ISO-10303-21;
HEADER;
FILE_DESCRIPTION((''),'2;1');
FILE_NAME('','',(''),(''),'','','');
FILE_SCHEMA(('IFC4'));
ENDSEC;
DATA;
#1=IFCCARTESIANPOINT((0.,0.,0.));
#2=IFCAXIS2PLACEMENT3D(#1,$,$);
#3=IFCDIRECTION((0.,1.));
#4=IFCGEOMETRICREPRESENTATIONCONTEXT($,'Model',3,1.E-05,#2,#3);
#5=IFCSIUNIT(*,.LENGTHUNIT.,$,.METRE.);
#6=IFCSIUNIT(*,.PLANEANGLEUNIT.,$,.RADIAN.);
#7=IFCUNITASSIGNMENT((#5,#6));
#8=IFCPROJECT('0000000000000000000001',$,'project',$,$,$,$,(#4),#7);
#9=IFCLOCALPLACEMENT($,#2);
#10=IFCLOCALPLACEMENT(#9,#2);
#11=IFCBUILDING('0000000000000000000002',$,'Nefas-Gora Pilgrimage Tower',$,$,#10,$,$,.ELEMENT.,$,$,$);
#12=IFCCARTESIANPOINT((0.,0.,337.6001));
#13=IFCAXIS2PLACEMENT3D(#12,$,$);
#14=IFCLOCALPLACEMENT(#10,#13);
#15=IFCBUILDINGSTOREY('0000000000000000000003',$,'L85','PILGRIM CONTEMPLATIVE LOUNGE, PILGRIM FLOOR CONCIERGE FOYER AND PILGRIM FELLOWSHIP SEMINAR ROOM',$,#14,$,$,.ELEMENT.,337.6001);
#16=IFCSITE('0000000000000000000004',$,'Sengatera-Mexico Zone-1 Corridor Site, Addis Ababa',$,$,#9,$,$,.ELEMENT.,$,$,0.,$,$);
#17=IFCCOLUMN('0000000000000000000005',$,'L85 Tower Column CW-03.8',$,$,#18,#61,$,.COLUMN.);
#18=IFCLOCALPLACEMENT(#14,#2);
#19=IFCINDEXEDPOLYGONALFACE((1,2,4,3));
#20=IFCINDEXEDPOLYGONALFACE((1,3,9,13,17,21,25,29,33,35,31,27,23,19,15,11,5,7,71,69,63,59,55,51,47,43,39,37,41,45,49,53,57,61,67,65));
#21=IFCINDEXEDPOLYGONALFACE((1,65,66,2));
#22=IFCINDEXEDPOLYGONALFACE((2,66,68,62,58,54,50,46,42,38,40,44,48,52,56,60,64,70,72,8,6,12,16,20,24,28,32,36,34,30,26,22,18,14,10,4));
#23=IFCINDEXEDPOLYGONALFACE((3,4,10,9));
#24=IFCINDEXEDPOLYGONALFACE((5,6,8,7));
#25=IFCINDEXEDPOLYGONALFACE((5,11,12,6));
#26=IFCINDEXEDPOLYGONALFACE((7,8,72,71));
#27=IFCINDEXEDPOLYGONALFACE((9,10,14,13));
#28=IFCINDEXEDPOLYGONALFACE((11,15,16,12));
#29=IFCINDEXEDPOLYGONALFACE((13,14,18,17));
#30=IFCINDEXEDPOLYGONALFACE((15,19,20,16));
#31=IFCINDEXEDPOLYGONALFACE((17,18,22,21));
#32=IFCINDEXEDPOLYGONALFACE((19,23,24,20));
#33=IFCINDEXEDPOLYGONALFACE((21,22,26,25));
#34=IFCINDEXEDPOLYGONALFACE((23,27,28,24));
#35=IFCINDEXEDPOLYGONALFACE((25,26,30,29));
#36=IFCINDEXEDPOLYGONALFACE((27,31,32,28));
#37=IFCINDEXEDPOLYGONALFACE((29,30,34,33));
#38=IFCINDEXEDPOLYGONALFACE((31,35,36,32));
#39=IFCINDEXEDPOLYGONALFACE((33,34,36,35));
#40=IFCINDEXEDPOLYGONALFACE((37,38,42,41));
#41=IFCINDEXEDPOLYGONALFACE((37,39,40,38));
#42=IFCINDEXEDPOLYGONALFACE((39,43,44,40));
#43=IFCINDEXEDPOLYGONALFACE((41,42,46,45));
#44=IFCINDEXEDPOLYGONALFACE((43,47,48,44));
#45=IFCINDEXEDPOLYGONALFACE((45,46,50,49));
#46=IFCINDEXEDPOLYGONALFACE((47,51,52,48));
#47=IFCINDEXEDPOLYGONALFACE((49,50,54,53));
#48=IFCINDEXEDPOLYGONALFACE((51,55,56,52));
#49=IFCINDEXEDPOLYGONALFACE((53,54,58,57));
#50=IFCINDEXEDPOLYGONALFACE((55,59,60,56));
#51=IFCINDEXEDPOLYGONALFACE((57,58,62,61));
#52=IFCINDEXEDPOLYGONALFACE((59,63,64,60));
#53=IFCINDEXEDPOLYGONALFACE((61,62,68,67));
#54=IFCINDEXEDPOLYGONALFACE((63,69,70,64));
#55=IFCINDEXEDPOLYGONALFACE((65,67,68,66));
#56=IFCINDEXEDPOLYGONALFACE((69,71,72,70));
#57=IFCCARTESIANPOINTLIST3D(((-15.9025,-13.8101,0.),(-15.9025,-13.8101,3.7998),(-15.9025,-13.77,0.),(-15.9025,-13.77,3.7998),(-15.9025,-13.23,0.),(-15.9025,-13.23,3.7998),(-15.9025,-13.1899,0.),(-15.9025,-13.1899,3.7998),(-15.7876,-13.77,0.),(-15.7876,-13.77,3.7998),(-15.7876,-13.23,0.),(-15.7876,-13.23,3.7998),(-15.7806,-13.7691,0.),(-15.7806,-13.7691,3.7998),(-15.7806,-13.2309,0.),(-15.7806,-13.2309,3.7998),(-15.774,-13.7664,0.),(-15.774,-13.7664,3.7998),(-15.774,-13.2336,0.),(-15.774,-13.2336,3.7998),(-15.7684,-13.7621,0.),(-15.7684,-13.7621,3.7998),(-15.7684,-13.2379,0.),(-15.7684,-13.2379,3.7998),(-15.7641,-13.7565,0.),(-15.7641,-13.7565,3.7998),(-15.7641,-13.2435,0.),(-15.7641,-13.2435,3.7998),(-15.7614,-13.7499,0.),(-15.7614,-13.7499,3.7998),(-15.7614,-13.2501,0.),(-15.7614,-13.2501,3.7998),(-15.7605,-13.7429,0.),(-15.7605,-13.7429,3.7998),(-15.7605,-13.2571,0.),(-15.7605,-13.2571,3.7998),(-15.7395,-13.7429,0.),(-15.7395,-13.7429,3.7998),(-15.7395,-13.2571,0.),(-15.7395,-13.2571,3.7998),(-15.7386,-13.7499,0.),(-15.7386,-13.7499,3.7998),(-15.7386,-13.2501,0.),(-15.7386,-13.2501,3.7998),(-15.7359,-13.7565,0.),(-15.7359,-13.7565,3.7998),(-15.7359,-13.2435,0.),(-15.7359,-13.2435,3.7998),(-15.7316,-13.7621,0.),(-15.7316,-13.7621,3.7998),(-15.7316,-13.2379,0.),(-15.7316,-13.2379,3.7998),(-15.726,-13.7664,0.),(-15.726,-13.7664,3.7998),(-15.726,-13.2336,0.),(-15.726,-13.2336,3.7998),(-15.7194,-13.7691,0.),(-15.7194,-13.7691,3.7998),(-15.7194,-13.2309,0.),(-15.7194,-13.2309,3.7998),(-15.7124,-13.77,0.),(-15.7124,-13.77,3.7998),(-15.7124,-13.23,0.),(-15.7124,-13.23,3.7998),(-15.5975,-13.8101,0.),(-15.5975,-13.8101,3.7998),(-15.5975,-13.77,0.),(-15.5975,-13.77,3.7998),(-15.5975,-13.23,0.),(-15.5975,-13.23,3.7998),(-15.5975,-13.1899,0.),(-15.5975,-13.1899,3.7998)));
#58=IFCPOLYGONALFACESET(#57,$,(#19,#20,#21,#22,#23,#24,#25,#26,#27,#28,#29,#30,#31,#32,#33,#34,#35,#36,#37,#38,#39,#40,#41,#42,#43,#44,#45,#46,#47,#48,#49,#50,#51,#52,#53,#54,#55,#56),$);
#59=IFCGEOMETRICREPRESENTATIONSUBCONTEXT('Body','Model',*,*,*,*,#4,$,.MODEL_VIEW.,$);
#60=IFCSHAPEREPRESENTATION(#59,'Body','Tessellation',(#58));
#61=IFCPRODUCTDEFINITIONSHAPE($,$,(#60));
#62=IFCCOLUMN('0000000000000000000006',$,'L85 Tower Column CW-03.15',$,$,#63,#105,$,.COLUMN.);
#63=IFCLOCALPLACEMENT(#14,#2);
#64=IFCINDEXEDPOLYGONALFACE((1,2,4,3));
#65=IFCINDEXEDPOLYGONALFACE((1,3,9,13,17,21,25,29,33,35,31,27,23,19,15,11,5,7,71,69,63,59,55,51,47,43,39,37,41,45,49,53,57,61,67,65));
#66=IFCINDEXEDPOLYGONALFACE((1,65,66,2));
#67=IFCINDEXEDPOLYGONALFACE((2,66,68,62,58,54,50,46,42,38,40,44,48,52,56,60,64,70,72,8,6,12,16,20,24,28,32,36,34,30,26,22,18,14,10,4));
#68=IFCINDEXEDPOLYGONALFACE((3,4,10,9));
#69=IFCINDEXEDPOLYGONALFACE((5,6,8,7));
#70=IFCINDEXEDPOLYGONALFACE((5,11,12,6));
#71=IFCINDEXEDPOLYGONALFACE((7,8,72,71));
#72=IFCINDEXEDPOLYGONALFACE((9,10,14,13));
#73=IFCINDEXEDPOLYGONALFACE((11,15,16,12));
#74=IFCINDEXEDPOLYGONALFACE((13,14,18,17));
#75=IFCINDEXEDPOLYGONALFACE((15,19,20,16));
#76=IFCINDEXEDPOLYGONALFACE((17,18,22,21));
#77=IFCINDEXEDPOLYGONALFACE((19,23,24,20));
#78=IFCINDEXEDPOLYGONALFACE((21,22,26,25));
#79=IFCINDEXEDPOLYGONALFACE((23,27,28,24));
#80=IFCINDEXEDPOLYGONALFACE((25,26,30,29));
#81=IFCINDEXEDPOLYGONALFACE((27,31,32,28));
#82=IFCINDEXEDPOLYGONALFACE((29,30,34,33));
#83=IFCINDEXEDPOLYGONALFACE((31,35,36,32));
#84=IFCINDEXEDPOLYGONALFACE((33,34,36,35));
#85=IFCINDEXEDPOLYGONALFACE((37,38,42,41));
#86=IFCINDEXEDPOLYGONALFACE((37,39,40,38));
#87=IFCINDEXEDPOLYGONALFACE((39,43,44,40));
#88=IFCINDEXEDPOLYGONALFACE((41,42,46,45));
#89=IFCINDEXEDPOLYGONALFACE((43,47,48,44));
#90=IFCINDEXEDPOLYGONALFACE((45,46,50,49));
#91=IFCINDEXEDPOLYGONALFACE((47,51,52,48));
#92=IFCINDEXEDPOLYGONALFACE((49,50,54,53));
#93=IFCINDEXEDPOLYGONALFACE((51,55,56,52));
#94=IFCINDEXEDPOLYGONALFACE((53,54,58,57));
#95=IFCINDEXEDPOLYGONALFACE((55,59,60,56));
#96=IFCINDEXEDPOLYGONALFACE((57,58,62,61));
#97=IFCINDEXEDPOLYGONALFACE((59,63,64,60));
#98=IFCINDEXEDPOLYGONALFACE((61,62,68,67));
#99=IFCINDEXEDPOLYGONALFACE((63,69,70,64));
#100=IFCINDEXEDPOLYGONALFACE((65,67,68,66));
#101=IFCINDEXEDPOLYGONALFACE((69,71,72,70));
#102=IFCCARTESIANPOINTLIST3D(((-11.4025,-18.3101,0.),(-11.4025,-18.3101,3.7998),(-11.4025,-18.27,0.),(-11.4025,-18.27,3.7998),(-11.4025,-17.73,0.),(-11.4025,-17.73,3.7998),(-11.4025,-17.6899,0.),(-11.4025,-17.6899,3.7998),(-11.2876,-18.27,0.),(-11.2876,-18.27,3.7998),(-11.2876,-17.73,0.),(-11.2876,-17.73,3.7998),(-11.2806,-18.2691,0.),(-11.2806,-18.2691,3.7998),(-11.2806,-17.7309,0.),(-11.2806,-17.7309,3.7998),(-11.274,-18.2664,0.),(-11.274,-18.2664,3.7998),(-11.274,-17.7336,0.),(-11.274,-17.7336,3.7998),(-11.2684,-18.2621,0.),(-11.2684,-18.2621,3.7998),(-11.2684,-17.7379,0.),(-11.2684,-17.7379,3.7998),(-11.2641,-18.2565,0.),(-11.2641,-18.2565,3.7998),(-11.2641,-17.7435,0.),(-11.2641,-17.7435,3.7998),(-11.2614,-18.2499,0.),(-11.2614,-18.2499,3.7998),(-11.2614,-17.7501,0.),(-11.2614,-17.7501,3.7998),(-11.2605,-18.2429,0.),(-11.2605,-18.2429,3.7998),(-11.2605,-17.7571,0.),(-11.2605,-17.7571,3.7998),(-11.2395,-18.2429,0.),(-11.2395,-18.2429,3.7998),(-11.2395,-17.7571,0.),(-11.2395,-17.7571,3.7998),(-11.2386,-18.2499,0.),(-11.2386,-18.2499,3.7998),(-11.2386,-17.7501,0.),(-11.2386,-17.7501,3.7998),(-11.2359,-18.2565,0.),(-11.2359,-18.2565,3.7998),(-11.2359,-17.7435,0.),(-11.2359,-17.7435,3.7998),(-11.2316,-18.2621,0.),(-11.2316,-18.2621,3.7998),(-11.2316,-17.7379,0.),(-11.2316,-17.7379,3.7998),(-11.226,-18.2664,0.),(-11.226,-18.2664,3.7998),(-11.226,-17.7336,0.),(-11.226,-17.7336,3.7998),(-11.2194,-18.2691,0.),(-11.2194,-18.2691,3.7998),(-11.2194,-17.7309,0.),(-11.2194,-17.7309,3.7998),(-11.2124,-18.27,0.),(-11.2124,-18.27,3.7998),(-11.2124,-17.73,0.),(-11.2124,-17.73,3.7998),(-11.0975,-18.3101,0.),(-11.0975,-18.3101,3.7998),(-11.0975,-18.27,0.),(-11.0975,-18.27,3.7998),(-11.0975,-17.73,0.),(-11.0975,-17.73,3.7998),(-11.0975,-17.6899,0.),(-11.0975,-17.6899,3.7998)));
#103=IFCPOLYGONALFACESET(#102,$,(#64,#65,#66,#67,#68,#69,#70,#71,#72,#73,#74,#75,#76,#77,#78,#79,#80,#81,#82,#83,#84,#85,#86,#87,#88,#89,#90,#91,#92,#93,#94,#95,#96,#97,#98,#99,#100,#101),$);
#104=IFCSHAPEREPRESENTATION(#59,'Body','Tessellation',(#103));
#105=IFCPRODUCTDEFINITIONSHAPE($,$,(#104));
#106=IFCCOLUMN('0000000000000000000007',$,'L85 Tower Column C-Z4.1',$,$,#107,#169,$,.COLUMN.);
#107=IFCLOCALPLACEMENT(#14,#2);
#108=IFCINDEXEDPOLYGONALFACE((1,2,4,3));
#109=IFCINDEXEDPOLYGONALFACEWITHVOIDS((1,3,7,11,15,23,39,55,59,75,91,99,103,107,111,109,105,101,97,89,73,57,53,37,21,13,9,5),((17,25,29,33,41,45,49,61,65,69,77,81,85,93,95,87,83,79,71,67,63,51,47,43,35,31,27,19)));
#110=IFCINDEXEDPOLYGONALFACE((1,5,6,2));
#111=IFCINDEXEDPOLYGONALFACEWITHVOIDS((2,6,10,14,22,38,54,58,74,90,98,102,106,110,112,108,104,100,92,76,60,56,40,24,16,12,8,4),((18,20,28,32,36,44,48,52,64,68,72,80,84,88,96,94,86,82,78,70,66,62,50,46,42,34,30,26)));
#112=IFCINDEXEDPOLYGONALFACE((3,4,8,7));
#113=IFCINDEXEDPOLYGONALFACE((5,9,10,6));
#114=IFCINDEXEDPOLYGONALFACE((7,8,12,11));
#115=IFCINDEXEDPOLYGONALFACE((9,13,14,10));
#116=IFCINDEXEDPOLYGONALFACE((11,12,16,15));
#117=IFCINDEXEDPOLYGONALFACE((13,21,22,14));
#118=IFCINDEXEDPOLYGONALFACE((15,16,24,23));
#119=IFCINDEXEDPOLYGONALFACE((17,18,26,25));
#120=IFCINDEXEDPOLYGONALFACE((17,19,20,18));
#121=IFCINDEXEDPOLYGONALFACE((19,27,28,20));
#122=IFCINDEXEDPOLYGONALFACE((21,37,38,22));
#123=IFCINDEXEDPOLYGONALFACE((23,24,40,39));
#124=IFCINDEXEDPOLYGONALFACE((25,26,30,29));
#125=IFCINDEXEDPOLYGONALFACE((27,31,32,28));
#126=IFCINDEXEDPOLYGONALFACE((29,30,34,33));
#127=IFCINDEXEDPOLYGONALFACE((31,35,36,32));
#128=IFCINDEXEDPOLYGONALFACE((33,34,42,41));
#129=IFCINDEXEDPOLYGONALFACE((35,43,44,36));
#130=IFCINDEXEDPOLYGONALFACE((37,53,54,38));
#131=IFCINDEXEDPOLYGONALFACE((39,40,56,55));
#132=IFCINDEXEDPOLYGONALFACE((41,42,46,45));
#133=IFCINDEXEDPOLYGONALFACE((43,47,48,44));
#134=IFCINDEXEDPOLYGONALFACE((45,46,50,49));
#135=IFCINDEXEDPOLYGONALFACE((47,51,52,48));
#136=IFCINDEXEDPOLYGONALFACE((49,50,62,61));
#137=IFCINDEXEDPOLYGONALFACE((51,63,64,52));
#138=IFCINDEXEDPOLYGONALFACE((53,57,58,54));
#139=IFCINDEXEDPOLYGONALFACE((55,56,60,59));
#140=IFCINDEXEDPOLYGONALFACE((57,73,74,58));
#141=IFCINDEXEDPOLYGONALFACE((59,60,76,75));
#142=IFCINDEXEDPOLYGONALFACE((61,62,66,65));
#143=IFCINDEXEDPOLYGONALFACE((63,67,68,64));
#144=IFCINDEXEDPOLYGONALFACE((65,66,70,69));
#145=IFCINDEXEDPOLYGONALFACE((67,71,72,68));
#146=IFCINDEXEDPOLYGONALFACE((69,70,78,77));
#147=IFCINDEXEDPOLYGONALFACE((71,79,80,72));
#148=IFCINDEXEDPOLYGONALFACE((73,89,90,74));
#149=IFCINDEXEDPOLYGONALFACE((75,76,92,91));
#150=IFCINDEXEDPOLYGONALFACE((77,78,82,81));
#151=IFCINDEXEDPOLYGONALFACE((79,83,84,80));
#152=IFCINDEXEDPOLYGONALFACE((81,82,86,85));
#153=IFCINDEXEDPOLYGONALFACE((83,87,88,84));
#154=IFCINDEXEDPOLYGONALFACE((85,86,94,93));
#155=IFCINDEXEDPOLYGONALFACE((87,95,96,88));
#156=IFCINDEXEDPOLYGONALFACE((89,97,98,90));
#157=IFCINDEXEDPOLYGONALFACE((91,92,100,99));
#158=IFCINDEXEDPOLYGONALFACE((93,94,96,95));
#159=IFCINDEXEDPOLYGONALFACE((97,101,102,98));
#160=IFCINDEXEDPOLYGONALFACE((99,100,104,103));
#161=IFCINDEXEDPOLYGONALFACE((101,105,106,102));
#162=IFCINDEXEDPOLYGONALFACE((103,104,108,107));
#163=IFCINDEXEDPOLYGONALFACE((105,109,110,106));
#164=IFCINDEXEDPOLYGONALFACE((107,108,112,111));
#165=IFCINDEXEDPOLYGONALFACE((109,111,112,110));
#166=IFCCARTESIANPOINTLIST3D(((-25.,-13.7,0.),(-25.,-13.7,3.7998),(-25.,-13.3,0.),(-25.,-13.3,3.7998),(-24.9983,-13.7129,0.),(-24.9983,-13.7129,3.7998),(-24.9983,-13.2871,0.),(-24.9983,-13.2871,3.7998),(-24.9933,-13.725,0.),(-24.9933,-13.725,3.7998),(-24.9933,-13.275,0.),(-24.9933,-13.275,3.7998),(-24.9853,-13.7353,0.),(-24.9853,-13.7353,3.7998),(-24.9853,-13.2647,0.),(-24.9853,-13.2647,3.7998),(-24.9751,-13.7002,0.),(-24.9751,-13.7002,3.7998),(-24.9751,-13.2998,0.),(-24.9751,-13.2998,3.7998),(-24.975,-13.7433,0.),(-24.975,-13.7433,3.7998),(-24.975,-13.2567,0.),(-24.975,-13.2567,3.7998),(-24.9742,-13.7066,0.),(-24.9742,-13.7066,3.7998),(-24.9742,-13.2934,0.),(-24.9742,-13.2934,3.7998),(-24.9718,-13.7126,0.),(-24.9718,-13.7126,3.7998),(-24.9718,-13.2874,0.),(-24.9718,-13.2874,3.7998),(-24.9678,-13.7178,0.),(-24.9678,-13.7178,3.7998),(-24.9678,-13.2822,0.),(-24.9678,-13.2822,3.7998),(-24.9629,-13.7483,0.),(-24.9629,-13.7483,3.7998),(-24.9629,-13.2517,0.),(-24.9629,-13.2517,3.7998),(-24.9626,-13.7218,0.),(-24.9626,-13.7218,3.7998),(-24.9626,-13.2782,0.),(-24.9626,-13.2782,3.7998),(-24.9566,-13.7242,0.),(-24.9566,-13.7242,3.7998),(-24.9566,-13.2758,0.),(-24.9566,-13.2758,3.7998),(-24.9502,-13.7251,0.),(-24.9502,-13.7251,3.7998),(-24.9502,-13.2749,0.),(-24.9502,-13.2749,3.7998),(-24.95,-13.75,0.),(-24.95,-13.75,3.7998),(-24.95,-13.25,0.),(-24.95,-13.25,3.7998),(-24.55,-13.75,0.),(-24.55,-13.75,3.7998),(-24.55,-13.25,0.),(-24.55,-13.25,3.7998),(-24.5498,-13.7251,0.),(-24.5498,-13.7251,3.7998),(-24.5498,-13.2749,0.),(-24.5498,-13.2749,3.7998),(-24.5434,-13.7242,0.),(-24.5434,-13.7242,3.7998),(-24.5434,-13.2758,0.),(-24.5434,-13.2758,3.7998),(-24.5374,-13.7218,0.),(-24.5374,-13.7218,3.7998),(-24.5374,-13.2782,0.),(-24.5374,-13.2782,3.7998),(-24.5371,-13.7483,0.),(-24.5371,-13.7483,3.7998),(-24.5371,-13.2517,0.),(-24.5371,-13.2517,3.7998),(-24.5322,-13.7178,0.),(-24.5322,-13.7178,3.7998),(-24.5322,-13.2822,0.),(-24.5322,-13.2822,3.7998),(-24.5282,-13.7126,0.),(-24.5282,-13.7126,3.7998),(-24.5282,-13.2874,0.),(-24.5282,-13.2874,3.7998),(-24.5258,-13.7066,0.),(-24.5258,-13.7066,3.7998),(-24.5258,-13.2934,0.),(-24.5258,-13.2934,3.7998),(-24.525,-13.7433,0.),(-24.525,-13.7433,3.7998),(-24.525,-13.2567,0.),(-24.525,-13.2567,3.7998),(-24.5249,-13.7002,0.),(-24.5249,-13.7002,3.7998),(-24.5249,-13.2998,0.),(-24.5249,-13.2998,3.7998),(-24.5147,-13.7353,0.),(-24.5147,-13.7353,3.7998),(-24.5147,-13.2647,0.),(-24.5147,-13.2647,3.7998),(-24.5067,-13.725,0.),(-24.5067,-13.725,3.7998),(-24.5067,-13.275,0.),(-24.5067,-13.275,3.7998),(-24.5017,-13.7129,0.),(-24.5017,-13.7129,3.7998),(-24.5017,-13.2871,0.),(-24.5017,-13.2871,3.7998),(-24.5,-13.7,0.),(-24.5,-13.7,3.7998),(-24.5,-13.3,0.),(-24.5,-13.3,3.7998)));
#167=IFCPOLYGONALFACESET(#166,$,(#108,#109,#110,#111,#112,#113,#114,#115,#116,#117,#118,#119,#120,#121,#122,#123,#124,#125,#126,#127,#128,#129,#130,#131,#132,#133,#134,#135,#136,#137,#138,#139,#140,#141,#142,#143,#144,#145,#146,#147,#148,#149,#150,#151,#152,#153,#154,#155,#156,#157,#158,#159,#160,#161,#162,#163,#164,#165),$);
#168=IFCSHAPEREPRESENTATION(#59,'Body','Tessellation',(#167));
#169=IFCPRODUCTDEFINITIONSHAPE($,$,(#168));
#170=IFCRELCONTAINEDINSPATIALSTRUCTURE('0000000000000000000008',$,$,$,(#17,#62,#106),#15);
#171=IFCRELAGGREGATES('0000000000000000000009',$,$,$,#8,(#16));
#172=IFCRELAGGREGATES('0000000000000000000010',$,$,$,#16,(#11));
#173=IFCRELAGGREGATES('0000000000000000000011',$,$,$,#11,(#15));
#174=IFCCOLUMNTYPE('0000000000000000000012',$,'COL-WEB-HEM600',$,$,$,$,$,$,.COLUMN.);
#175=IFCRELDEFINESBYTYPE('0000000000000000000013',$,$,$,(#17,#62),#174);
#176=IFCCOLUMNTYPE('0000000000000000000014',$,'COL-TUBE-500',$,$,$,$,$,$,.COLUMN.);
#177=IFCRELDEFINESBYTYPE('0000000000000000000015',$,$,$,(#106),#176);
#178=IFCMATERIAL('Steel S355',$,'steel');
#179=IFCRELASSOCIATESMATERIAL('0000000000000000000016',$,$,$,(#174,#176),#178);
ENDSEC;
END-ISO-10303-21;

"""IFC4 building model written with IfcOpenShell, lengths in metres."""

from ifc_helpers import new_model, si_unit, direction, frame, origin, origin_2d, place, context, subcontext, project, spatial, hollow_rectangle, i_section, extrude, source, transform, mapped, material, material_profile, profile_set, type_object, element, save


model = new_model("IFC4")

# Units and contexts
model_context = context("Model", 3, precision=1e-05, world=origin(), true_north=direction((0.0, 1.0)))
body_context = subcontext(model_context, "Body", "Model", "MODEL_VIEW")
ifc_project = project(units=[si_unit("LENGTHUNIT", "METRE"), si_unit("PLANEANGLEUNIT", "RADIAN")], contexts=[model_context])

# Site, building, storey
site_placement = place(None, origin())
site = spatial("IfcSite", under=ifc_project, at=site_placement, Name="Sengatera-Mexico Zone-1 Corridor Site, Addis Ababa", CompositionType="ELEMENT", RefElevation=0.0)
building_placement = place(site_placement, origin())
building = spatial("IfcBuilding", under=site, at=building_placement, Name="Nefas-Gora Pilgrimage Tower", CompositionType="ELEMENT")
storey_placement = place(building_placement, frame((0.0, 0.0, 337.6001)))
storey = spatial("IfcBuildingStorey", under=building, at=storey_placement, Name="L85", Description="PILGRIM CONTEMPLATIVE LOUNGE, PILGRIM FLOOR CONCIERGE FOYER AND PILGRIM FELLOWSHIP SEMINAR ROOM", CompositionType="ELEMENT", Elevation=337.6001)

# Columns
ifc_material_1 = material(Name="Steel S355", Category="steel")
ifc_material_profile_1 = material_profile(ifc_material_1, i_section(OverallWidth=0.3049, OverallDepth=0.6201, WebThickness=0.021, FlangeThickness=0.04, FilletRadius=0.0271, at=origin_2d()), Name="HEM 600")
ifc_profile_set_1 = profile_set([ifc_material_profile_1], Name="Steel S355")
column_type_1 = type_object("IfcColumnType", Name="COL-WEB-HEM600", PredefinedType="COLUMN", material=ifc_profile_set_1)
shared_shape_1 = source(origin(), body_context, "Body", "SweptSolid", [
    extrude(i_section(OverallWidth=0.3049, OverallDepth=0.6201, WebThickness=0.021, FlangeThickness=0.04, FilletRadius=0.0271, at=origin_2d()), origin(), (0.0, 0.0, 1.0), 3.7998),
])
for number, where, z_axis, x_axis, name in (
    (1, (-15.75, -13.5, 0.0), (0.0, 0.0, 1.0), (1.0, 0.0, 0.0), "L85 Tower Column CW-03.8"),
    (2, (-11.25, -18.0, 0.0), (0.0, 0.0, 1.0), (1.0, 0.0, 0.0), "L85 Tower Column CW-03.15"),
):
    element("IfcColumn", number, at=place(storey_placement, frame(where, z_axis=z_axis, x_axis=x_axis)), inside=storey, type_object=column_type_1, Name=name, PredefinedType="COLUMN", context=body_context, shape_type="MappedRepresentation", body=[
        mapped(shared_shape_1, transform((0.0, 0.0, 0.0), x_axis=(1.0, 0.0, 0.0), y_axis=(0.0, 1.0, 0.0), z_axis=(0.0, 0.0, 1.0), scale=1.0)),
    ])
ifc_material_profile_2 = material_profile(ifc_material_1, hollow_rectangle(XDim=0.5, YDim=0.5, WallThickness=0.0249, InnerFilletRadius=0.0249, OuterFilletRadius=0.05, at=origin_2d()), Name="SHS 500x500x25")
ifc_profile_set_2 = profile_set([ifc_material_profile_2], Name="Steel S355")
column_type_2 = type_object("IfcColumnType", Name="COL-TUBE-500", PredefinedType="COLUMN", material=ifc_profile_set_2)
shared_shape_2 = source(origin(), body_context, "Body", "SweptSolid", [
    extrude(hollow_rectangle(XDim=0.5, YDim=0.5, WallThickness=0.0249, InnerFilletRadius=0.0249, OuterFilletRadius=0.05, at=origin_2d()), origin(), (0.0, 0.0, 1.0), 3.7998),
])
for number, where, z_axis, x_axis, name in (
    (3, (-24.75, -13.5, 0.0), (0.0, 0.0, 1.0), (1.0, 0.0, 0.0), "L85 Tower Column C-Z4.1"),
):
    element("IfcColumn", number, at=place(storey_placement, frame(where, z_axis=z_axis, x_axis=x_axis)), inside=storey, type_object=column_type_2, Name=name, PredefinedType="COLUMN", context=body_context, shape_type="MappedRepresentation", body=[
        mapped(shared_shape_2, transform((0.0, 0.0, 0.0), x_axis=(1.0, 0.0, 0.0), y_axis=(0.0, 1.0, 0.0), z_axis=(0.0, 0.0, 1.0), scale=1.0)),
    ])

save(model, "model.ifc")
